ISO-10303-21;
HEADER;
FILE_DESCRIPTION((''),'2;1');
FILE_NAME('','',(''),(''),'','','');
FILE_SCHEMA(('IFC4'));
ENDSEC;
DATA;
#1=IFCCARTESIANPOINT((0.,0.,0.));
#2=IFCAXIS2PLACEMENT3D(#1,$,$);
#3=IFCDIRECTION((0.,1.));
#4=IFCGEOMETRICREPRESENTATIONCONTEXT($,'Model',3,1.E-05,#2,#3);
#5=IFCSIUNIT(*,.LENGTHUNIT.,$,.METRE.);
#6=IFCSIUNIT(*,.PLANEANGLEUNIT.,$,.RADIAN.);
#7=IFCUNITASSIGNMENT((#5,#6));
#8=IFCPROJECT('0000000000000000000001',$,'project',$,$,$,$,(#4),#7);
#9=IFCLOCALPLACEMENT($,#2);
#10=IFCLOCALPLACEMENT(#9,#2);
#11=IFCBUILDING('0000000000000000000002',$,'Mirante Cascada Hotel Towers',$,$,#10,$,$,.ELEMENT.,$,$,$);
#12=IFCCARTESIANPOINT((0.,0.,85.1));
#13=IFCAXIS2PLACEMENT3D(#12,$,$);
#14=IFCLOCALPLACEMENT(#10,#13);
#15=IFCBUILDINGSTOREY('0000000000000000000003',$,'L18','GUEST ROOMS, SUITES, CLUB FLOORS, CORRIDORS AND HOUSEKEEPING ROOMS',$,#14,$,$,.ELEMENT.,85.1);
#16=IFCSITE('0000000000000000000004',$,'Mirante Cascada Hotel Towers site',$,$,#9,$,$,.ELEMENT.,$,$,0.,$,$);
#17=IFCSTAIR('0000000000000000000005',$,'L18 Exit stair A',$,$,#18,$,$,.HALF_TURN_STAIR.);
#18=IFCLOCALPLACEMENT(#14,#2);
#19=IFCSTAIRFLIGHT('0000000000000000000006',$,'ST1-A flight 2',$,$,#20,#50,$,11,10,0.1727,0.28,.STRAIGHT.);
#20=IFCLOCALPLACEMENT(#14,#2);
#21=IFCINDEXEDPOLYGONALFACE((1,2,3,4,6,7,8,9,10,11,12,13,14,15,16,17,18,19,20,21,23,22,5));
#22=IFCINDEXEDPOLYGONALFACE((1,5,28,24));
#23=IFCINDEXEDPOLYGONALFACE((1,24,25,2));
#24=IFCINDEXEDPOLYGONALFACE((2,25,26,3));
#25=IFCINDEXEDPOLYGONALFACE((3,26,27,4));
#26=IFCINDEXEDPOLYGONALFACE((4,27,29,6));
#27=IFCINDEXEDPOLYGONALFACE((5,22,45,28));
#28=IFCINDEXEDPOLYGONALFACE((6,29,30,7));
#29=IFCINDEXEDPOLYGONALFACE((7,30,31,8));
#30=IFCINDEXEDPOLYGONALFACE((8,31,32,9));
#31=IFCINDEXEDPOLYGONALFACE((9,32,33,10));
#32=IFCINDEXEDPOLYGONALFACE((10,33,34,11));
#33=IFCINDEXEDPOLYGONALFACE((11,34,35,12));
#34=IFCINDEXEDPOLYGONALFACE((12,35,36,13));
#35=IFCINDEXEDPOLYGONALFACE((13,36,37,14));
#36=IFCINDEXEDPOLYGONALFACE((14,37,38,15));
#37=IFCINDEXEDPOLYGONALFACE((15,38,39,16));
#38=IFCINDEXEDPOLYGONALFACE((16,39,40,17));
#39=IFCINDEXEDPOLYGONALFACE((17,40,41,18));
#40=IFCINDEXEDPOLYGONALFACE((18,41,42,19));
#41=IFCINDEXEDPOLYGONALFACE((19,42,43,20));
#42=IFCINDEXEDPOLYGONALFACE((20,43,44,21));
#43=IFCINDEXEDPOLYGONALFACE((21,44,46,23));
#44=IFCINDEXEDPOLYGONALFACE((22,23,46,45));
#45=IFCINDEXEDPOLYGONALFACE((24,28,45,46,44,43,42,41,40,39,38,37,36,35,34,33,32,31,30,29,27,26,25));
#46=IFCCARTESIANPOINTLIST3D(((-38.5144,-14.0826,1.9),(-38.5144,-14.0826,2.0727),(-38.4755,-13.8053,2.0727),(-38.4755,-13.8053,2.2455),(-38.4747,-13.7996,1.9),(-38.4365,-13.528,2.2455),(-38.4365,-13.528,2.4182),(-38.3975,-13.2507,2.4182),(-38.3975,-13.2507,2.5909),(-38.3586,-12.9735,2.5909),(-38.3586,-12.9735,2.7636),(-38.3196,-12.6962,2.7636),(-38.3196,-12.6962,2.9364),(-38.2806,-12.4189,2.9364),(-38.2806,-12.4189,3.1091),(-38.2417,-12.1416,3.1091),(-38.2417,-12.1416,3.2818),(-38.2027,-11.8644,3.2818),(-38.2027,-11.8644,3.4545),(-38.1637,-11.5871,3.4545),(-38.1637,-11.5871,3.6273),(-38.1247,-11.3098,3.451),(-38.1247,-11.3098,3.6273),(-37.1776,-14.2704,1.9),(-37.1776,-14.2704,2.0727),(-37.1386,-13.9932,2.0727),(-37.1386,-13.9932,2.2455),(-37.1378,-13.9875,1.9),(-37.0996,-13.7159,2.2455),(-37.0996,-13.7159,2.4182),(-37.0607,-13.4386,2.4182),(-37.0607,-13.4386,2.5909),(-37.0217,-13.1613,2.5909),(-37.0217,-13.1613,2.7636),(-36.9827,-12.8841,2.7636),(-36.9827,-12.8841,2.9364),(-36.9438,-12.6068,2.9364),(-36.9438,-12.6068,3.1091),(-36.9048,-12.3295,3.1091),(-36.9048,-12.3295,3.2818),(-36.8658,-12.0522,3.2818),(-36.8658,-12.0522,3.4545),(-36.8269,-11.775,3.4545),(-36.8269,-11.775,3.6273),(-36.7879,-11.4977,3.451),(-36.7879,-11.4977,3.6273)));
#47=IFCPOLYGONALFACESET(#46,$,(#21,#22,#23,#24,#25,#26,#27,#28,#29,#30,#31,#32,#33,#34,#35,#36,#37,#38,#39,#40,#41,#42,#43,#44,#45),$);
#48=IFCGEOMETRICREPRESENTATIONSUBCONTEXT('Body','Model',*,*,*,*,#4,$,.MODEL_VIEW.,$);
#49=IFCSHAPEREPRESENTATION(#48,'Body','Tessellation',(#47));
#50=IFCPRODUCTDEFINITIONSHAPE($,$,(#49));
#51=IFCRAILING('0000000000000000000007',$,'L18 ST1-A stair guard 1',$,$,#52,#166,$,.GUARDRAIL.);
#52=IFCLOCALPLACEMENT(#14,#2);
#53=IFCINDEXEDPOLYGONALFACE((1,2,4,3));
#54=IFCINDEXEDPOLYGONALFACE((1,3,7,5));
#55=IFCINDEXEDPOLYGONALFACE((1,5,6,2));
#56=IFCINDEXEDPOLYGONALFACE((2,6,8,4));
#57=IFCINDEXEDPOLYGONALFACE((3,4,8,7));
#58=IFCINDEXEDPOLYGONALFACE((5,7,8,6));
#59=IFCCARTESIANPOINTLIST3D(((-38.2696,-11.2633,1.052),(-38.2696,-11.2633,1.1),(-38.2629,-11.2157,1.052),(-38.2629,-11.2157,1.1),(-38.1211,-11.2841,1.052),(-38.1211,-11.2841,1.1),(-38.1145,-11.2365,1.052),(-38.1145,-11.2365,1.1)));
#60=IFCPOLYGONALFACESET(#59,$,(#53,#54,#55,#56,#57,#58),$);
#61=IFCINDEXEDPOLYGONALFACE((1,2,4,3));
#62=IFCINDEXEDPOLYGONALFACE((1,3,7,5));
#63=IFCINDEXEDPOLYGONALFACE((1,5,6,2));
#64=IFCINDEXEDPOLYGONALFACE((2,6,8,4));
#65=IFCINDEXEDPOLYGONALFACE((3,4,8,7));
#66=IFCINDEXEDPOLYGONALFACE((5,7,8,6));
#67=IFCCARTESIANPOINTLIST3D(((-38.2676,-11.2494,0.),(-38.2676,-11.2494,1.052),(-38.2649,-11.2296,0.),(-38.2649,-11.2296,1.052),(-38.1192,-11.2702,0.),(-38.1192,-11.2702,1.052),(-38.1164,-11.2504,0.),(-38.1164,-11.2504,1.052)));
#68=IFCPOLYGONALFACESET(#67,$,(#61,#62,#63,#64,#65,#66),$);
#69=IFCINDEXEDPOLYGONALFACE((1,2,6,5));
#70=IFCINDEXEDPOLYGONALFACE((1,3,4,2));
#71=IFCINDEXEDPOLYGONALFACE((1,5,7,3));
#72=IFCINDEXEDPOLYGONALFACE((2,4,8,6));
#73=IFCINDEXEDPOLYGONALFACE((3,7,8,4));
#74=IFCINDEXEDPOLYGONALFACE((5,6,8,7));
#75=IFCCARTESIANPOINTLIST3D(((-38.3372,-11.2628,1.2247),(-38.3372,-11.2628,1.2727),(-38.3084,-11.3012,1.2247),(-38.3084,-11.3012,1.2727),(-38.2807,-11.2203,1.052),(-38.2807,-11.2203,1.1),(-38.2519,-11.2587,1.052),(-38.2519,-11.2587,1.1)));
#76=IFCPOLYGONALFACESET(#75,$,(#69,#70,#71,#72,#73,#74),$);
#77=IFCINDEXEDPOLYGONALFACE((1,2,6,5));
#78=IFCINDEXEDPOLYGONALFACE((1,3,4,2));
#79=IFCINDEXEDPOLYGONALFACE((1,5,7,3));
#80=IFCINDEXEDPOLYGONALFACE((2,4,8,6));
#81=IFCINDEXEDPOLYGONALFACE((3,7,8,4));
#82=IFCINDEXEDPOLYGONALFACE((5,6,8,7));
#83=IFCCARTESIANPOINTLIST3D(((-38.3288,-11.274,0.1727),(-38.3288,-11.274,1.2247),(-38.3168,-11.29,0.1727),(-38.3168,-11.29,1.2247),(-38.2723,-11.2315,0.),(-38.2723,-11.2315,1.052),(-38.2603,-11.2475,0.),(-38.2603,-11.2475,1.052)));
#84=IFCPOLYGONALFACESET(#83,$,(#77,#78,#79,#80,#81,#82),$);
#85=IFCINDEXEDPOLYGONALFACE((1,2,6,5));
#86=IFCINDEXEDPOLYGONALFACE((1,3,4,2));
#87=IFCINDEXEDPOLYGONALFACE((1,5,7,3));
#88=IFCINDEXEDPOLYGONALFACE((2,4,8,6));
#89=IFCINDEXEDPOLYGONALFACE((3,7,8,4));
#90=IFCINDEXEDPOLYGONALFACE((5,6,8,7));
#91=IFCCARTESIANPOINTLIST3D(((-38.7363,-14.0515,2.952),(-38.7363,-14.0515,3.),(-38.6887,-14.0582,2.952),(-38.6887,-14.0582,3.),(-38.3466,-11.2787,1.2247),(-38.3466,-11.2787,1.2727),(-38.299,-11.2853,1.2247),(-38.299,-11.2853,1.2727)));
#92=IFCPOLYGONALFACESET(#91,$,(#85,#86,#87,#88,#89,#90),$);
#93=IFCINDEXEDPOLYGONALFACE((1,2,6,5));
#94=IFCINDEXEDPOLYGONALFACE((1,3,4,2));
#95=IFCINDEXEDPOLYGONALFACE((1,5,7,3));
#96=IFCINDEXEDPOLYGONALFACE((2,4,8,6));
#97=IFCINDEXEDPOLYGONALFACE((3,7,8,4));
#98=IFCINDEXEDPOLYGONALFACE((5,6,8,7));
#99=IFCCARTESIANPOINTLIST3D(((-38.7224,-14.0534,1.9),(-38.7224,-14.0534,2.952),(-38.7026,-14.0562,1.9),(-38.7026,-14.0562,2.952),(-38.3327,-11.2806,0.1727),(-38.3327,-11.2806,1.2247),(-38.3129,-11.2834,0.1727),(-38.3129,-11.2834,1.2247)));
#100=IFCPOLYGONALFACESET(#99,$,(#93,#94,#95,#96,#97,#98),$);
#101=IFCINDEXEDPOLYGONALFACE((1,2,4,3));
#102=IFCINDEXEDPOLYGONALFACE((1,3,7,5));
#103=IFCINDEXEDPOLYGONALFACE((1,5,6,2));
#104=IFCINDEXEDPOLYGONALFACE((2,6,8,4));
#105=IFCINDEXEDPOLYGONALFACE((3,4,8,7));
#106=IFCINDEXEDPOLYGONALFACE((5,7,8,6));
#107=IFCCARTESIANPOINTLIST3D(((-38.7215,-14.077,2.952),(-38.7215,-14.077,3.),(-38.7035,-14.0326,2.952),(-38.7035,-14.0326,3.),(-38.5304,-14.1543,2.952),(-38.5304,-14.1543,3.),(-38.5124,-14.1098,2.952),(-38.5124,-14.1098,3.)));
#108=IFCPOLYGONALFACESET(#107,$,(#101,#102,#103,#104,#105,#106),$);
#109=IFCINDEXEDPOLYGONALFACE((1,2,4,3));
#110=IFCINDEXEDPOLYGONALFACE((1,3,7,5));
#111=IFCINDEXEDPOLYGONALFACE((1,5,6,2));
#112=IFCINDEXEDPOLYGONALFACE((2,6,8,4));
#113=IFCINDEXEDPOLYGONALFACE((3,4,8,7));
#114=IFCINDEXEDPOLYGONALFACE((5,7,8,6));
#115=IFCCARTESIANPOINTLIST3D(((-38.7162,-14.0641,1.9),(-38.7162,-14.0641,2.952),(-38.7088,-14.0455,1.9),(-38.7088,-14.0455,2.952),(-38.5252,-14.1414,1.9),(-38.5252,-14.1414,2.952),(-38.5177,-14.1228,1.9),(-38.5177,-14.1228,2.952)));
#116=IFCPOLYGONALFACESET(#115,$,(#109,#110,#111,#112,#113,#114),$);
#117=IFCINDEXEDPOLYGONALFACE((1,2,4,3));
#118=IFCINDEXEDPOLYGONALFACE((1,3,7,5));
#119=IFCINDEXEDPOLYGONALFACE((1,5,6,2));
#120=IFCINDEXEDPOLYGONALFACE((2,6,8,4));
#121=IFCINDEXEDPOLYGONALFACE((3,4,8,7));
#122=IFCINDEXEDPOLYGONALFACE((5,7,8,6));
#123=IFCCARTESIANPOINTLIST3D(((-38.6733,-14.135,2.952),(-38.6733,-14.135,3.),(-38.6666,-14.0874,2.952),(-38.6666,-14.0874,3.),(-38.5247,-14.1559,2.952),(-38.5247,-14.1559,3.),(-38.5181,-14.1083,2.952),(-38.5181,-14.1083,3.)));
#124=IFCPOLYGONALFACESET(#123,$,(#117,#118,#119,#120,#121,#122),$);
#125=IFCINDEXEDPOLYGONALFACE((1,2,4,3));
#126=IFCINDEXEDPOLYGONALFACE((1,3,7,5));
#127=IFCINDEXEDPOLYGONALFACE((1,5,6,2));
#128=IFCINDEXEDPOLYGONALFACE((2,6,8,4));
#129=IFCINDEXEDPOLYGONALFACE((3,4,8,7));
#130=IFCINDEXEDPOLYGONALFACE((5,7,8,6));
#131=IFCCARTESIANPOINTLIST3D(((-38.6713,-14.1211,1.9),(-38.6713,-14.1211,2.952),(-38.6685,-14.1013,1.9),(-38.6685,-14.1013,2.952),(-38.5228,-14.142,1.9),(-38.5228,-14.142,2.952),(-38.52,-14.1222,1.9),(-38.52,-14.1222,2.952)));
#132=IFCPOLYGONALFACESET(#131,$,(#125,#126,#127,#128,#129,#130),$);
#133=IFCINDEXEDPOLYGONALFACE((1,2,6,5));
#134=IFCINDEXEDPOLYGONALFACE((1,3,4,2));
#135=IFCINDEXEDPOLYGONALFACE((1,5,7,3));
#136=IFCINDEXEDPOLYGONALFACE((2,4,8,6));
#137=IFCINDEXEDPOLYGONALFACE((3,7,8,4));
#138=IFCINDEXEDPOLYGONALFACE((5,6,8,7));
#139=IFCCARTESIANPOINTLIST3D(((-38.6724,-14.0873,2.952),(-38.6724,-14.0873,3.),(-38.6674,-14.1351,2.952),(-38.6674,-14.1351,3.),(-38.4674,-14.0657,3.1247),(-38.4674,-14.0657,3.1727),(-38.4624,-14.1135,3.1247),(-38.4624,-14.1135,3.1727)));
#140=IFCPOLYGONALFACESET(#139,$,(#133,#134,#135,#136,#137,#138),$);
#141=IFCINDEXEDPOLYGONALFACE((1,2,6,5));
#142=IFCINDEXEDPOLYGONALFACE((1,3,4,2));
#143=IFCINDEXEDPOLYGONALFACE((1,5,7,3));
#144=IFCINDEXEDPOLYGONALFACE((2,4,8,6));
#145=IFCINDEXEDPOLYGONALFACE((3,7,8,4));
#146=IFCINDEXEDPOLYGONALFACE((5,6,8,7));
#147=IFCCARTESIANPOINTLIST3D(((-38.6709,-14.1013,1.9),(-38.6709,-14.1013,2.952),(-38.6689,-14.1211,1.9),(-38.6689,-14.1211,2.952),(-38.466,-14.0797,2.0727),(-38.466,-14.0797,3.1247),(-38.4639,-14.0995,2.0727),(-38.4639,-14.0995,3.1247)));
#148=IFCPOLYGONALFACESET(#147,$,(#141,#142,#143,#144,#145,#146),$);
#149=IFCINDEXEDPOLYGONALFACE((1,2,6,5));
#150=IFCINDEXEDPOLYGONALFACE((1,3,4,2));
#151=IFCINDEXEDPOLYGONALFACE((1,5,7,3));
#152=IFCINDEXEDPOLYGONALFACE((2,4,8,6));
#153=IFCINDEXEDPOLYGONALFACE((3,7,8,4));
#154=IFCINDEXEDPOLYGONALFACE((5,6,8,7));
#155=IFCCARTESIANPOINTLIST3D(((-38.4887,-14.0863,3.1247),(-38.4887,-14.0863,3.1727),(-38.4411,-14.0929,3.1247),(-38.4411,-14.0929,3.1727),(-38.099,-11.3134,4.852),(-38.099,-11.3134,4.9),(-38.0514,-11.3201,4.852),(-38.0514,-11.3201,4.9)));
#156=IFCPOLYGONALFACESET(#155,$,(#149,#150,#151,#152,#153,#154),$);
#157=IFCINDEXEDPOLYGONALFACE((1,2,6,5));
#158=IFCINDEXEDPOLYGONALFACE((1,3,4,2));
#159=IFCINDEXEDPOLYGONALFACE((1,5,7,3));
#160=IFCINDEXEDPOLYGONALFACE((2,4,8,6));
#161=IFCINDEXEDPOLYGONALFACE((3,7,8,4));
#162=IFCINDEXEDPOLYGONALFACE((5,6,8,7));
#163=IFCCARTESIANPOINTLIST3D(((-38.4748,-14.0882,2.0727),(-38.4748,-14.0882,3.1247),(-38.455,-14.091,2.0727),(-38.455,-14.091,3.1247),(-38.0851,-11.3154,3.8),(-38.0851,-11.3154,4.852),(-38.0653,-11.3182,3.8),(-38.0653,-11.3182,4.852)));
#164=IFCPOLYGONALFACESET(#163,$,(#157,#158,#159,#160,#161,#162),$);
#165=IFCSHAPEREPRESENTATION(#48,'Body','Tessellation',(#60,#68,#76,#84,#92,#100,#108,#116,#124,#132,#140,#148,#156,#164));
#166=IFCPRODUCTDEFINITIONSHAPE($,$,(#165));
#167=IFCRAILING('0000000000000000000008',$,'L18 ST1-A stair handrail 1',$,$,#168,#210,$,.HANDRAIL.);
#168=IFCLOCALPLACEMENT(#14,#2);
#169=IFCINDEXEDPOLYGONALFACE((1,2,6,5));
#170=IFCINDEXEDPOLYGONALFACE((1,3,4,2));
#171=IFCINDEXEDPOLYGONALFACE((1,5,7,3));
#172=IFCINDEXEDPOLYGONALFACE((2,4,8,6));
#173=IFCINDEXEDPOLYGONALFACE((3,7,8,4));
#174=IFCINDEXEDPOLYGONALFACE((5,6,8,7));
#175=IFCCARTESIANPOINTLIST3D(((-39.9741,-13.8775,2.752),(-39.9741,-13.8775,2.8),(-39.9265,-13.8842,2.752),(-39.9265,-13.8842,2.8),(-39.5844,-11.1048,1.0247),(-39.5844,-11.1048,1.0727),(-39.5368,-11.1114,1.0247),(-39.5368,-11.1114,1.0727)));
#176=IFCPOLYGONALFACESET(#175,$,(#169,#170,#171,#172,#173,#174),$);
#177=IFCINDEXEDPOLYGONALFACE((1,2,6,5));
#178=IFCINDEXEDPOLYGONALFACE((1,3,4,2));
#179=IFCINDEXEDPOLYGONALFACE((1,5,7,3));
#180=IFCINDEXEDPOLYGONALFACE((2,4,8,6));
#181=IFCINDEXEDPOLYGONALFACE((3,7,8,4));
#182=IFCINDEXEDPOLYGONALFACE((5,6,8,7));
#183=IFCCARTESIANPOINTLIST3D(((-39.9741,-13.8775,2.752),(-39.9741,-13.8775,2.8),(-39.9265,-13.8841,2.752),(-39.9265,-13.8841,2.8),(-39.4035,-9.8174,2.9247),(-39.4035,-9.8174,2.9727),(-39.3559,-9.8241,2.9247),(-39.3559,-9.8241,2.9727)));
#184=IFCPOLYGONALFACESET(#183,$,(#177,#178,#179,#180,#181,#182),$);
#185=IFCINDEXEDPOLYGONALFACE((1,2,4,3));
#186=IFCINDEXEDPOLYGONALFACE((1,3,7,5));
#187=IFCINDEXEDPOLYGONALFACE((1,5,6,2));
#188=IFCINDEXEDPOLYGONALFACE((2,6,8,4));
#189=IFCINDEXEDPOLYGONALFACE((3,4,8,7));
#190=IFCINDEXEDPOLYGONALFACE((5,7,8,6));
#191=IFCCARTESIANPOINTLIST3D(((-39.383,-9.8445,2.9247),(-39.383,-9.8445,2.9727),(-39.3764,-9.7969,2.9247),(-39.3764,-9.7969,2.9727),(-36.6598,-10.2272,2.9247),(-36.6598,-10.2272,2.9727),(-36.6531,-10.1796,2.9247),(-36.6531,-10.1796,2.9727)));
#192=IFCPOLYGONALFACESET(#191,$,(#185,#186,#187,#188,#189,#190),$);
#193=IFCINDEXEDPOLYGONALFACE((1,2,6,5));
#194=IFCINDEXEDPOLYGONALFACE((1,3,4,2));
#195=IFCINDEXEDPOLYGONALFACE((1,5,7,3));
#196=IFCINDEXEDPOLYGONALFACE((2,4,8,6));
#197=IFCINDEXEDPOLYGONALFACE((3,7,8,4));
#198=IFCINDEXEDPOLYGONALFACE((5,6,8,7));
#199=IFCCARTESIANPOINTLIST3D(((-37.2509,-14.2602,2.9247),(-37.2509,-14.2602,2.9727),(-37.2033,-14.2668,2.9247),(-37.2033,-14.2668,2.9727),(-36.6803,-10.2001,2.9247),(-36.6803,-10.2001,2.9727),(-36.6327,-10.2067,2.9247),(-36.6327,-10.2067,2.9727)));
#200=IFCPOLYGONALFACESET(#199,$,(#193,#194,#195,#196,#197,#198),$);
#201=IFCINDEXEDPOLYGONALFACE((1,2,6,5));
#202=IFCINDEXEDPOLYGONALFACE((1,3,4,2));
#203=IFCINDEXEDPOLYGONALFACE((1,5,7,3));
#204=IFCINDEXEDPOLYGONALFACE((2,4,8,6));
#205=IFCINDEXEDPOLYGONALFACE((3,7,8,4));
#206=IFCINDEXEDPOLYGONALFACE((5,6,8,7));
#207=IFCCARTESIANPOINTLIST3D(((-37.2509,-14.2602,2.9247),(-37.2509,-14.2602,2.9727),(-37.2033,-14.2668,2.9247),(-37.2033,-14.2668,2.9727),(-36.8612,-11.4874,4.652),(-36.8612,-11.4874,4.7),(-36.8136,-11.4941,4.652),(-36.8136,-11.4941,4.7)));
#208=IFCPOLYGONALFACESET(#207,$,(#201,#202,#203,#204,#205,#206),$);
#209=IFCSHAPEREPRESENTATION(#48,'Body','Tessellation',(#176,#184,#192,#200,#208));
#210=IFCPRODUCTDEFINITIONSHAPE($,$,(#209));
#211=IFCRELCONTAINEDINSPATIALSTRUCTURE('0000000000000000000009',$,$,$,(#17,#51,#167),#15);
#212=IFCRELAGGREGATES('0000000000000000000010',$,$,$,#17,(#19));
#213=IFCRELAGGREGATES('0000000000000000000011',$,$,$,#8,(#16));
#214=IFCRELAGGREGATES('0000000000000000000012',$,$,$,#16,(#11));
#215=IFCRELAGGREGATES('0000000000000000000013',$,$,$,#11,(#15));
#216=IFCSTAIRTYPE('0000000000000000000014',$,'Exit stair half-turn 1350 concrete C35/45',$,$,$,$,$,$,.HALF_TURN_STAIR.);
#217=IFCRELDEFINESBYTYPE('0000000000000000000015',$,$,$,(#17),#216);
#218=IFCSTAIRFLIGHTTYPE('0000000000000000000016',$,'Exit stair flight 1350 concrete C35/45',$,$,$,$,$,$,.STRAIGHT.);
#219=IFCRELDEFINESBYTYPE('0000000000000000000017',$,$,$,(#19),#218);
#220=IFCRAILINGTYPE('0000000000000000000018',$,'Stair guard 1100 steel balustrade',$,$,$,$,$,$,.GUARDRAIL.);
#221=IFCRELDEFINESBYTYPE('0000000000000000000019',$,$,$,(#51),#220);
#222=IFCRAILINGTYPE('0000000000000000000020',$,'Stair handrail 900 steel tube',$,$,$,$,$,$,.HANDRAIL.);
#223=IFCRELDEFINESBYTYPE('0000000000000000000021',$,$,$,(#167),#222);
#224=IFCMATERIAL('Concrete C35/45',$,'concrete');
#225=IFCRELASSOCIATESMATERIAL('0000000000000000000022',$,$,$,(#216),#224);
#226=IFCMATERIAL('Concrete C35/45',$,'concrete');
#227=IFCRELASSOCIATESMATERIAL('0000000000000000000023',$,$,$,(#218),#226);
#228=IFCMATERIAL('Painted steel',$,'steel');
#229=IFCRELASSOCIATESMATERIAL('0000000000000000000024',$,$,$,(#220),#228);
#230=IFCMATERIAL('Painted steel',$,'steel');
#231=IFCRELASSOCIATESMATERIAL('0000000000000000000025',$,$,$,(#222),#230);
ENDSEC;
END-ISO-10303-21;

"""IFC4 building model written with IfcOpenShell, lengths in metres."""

from ifc_helpers import new_model, si_unit, direction, frame, origin, origin_2d, place, context, subcontext, project, spatial, polyline, rectangle, outline, extrude, material, type_object, element, aggregate, save


model = new_model("IFC4")

# Units and contexts
model_context = context("Model", 3, precision=1e-05, world=origin(), true_north=direction((0.0, 1.0)))
body_context = subcontext(model_context, "Body", "Model", "MODEL_VIEW")
ifc_project = project(units=[si_unit("LENGTHUNIT", "METRE"), si_unit("PLANEANGLEUNIT", "RADIAN")], contexts=[model_context])

# Site, building, storey
site_placement = place(None, origin())
site = spatial("IfcSite", under=ifc_project, at=site_placement, Name="Mirante Cascada Hotel Towers site", CompositionType="ELEMENT", RefElevation=0.0)
building_placement = place(site_placement, origin())
building = spatial("IfcBuilding", under=site, at=building_placement, Name="Mirante Cascada Hotel Towers", CompositionType="ELEMENT")
storey_placement = place(building_placement, frame((0.0, 0.0, 85.1)))
storey = spatial("IfcBuildingStorey", under=building, at=storey_placement, Name="L18", Description="GUEST ROOMS, SUITES, CLUB FLOORS, CORRIDORS AND HOUSEKEEPING ROOMS", CompositionType="ELEMENT", Elevation=85.1)

# Stair, stair flight
ifc_material_1 = material(Name="Concrete C35/45", Category="concrete")
stair_type = type_object("IfcStairType", Name="Exit stair half-turn 1350 concrete C35/45", PredefinedType="HALF_TURN_STAIR", material=ifc_material_1)
stair_placement = place(storey_placement, origin())
stair = element("IfcStair", 1, at=stair_placement, inside=storey, type_object=stair_type, Name="L18 Exit stair A", PredefinedType="HALF_TURN_STAIR")
ifc_material_2 = material(Name="Concrete C35/45", Category="concrete")
stair_flight_type = type_object("IfcStairFlightType", Name="Exit stair flight 1350 concrete C35/45", PredefinedType="STRAIGHT", material=ifc_material_2)
stair_flight_1_placement = place(storey_placement, frame((-37.846, -14.1765, 1.9), z_axis=(0.0, 0.0, 1.0), x_axis=(0.139173, 0.990268, 0.0)))
stair_flight_1 = element("IfcStairFlight", 2, at=stair_flight_1_placement, type_object=stair_flight_type, Name="ST1-A flight 2", NumberOfRisers=11, NumberOfTreads=10, PredefinedType="STRAIGHT", RiserHeight=0.1727, TreadLength=0.28, context=body_context, shape_type="SweptSolid", body=[
    extrude(outline(polyline([(0.0, 0.0), (0.0, 0.1727), (0.28, 0.1727), (0.28, 0.3455), (0.56, 0.3455), (0.56, 0.5182), (0.84, 0.5182), (0.84, 0.6909), (1.12, 0.6909), (1.12, 0.8636), (1.4, 0.8636), (1.4, 1.0364), (1.68, 1.0364), (1.68, 1.2091), (1.96, 1.2091), (1.96, 1.3818), (2.24, 1.3818), (2.24, 1.5545), (2.52, 1.5545), (2.52, 1.7273), (2.8, 1.7273), (2.8, 1.9), (2.8, 1.551), (0.2857, 0.0), (0.0, 0.0)])), frame((0.0, 0.675, 0.0), z_axis=(0.0, -1.0, 0.0), x_axis=(1.0, 0.0, 0.0)), (0.0, 0.0, 1.0), 1.35),
])
aggregate(stair, [stair_flight_1])

# Railings
ifc_material_3 = material(Name="Painted steel", Category="steel")
railing_type_1 = type_object("IfcRailingType", Name="Stair guard 1100 steel balustrade", PredefinedType="GUARDRAIL", material=ifc_material_3)
railing_1_placement = place(storey_placement, frame((-38.1178, -11.2603, 0.0)))
element("IfcRailing", 3, at=railing_1_placement, inside=storey, type_object=railing_type_1, Name="L18 ST1-A stair guard 1", PredefinedType="GUARDRAIL", context=body_context, shape_type="SweptSolid", body=[
    extrude(rectangle(XDim=0.048, YDim=0.048, at=origin_2d()), frame((0.0, 0.0, 1.076), z_axis=(-0.990333, 0.138713, 0.0), x_axis=(-0.138713, -0.990333, 0.0)), (0.0, 0.0, 1.0), 0.1499),
    extrude(rectangle(XDim=0.02, YDim=1.052, at=origin_2d()), frame((0.0, 0.0, 0.526), z_axis=(-0.990333, 0.138713, 0.0), x_axis=(-0.138713, -0.990333, 0.0)), (0.0, 0.0, 1.0), 0.1499),
    extrude(rectangle(XDim=0.048, YDim=0.048, at=origin_2d()), frame((-0.1485, 0.0208, 1.076), z_axis=(-0.79915, -0.601131, 0.0), x_axis=(0.601131, -0.79915, 0.0)), (0.0, 0.925453, 0.378863), 0.1866),
    extrude(rectangle(XDim=0.02, YDim=1.052, at=origin_2d()), frame((-0.1485, 0.0208, 0.526), z_axis=(-0.79915, -0.601131, 0.0), x_axis=(0.601131, -0.79915, 0.0)), (0.0, 0.925453, 0.378863), 0.1866),
    extrude(rectangle(XDim=0.048, YDim=0.048, at=origin_2d()), frame((-0.205, -0.0217, 1.2487), z_axis=(-0.139176, -0.990268, 0.0), x_axis=(0.990268, -0.139176, 0.0)), (0.0, 0.525021, 0.851089), 3.29),
    extrude(rectangle(XDim=0.02, YDim=1.052, at=origin_2d()), frame((-0.205, -0.0217, 0.6987), z_axis=(-0.139176, -0.990268, 0.0), x_axis=(0.990268, -0.139176, 0.0)), (0.0, 0.525021, 0.851089), 3.29),
    extrude(rectangle(XDim=0.048, YDim=0.048, at=origin_2d()), frame((-0.5947, -2.7945, 2.976), z_axis=(0.927031, -0.374984, 0.0), x_axis=(0.374984, 0.927031, 0.0)), (0.0, 0.0, 1.0), 0.2061),
    extrude(rectangle(XDim=0.02, YDim=1.052, at=origin_2d()), frame((-0.5947, -2.7945, 2.426), z_axis=(0.927031, -0.374984, 0.0), x_axis=(0.374984, 0.927031, 0.0)), (0.0, 0.0, 1.0), 0.2061),
    extrude(rectangle(XDim=0.048, YDim=0.048, at=origin_2d()), frame((-0.4036, -2.8718, 2.976), z_axis=(-0.990241, 0.139367, 0.0), x_axis=(-0.139367, -0.990241, 0.0)), (0.0, 0.0, 1.0), 0.15),
    extrude(rectangle(XDim=0.02, YDim=1.052, at=origin_2d()), frame((-0.4036, -2.8718, 2.426), z_axis=(-0.990241, 0.139367, 0.0), x_axis=(-0.139367, -0.990241, 0.0)), (0.0, 0.0, 1.0), 0.15),
    extrude(rectangle(XDim=0.048, YDim=0.048, at=origin_2d()), frame((-0.5521, -2.8509, 2.976), z_axis=(0.994495, 0.104786, 0.0), x_axis=(-0.104786, 0.994495, 0.0)), (0.0, 0.642203, 0.766534), 0.2689),
    extrude(rectangle(XDim=0.02, YDim=1.052, at=origin_2d()), frame((-0.5521, -2.8509, 2.426), z_axis=(0.994495, 0.104786, 0.0), x_axis=(-0.104786, 0.994495, 0.0)), (0.0, 0.642203, 0.766534), 0.2689),
    extrude(rectangle(XDim=0.048, YDim=0.048, at=origin_2d()), frame((-0.3471, -2.8293, 3.1487), z_axis=(0.139176, 0.990268, 0.0), x_axis=(-0.990268, 0.139176, 0.0)), (0.0, 0.525021, 0.851089), 3.29),
    extrude(rectangle(XDim=0.02, YDim=1.052, at=origin_2d()), frame((-0.3471, -2.8293, 2.5987), z_axis=(0.139176, 0.990268, 0.0), x_axis=(-0.990268, 0.139176, 0.0)), (0.0, 0.525021, 0.851089), 3.29),
])
ifc_material_4 = material(Name="Painted steel", Category="steel")
railing_type_2 = type_object("IfcRailingType", Name="Stair handrail 900 steel tube", PredefinedType="HANDRAIL", material=ifc_material_4)
railing_2_placement = place(storey_placement, frame((-39.5606, -11.1081, 0.1727)))
element("IfcRailing", 4, at=railing_2_placement, inside=storey, type_object=railing_type_2, Name="L18 ST1-A stair handrail 1", PredefinedType="HANDRAIL", context=body_context, shape_type="SweptSolid", body=[
    extrude(rectangle(XDim=0.048, YDim=0.048, at=origin_2d()), frame((0.0, 0.0, 0.876), z_axis=(-0.139181, -0.990267, 0.0), x_axis=(0.990267, -0.139181, 0.0)), (0.0, 0.525035, 0.851081), 3.2899),
    extrude(rectangle(XDim=0.048, YDim=0.048, at=origin_2d()), frame((-0.3897, -2.7727, 2.6033), z_axis=(0.139171, 0.990268, 0.0), x_axis=(-0.990268, 0.139171, 0.0)), (0.0, 0.042085, 0.999114), 4.1036),
    extrude(rectangle(XDim=0.048, YDim=0.048, at=origin_2d()), frame((0.1809, 1.2874, 2.776), z_axis=(0.990269, -0.139166, 0.0), x_axis=(0.139166, 0.990269, 0.0)), (0.0, 0.0, 1.0), 2.75),
    extrude(rectangle(XDim=0.048, YDim=0.048, at=origin_2d()), frame((2.9041, 0.9047, 2.776), z_axis=(-0.139171, -0.990268, 0.0), x_axis=(0.990268, -0.139171, 0.0)), (0.0, 0.0, 1.0), 4.1),
    extrude(rectangle(XDim=0.048, YDim=0.048, at=origin_2d()), frame((2.3335, -3.1554, 2.776), z_axis=(0.139181, 0.990267, 0.0), x_axis=(-0.990267, 0.139181, 0.0)), (0.0, 0.525035, 0.851081), 3.2899),
])

save(model, "model.ifc")
